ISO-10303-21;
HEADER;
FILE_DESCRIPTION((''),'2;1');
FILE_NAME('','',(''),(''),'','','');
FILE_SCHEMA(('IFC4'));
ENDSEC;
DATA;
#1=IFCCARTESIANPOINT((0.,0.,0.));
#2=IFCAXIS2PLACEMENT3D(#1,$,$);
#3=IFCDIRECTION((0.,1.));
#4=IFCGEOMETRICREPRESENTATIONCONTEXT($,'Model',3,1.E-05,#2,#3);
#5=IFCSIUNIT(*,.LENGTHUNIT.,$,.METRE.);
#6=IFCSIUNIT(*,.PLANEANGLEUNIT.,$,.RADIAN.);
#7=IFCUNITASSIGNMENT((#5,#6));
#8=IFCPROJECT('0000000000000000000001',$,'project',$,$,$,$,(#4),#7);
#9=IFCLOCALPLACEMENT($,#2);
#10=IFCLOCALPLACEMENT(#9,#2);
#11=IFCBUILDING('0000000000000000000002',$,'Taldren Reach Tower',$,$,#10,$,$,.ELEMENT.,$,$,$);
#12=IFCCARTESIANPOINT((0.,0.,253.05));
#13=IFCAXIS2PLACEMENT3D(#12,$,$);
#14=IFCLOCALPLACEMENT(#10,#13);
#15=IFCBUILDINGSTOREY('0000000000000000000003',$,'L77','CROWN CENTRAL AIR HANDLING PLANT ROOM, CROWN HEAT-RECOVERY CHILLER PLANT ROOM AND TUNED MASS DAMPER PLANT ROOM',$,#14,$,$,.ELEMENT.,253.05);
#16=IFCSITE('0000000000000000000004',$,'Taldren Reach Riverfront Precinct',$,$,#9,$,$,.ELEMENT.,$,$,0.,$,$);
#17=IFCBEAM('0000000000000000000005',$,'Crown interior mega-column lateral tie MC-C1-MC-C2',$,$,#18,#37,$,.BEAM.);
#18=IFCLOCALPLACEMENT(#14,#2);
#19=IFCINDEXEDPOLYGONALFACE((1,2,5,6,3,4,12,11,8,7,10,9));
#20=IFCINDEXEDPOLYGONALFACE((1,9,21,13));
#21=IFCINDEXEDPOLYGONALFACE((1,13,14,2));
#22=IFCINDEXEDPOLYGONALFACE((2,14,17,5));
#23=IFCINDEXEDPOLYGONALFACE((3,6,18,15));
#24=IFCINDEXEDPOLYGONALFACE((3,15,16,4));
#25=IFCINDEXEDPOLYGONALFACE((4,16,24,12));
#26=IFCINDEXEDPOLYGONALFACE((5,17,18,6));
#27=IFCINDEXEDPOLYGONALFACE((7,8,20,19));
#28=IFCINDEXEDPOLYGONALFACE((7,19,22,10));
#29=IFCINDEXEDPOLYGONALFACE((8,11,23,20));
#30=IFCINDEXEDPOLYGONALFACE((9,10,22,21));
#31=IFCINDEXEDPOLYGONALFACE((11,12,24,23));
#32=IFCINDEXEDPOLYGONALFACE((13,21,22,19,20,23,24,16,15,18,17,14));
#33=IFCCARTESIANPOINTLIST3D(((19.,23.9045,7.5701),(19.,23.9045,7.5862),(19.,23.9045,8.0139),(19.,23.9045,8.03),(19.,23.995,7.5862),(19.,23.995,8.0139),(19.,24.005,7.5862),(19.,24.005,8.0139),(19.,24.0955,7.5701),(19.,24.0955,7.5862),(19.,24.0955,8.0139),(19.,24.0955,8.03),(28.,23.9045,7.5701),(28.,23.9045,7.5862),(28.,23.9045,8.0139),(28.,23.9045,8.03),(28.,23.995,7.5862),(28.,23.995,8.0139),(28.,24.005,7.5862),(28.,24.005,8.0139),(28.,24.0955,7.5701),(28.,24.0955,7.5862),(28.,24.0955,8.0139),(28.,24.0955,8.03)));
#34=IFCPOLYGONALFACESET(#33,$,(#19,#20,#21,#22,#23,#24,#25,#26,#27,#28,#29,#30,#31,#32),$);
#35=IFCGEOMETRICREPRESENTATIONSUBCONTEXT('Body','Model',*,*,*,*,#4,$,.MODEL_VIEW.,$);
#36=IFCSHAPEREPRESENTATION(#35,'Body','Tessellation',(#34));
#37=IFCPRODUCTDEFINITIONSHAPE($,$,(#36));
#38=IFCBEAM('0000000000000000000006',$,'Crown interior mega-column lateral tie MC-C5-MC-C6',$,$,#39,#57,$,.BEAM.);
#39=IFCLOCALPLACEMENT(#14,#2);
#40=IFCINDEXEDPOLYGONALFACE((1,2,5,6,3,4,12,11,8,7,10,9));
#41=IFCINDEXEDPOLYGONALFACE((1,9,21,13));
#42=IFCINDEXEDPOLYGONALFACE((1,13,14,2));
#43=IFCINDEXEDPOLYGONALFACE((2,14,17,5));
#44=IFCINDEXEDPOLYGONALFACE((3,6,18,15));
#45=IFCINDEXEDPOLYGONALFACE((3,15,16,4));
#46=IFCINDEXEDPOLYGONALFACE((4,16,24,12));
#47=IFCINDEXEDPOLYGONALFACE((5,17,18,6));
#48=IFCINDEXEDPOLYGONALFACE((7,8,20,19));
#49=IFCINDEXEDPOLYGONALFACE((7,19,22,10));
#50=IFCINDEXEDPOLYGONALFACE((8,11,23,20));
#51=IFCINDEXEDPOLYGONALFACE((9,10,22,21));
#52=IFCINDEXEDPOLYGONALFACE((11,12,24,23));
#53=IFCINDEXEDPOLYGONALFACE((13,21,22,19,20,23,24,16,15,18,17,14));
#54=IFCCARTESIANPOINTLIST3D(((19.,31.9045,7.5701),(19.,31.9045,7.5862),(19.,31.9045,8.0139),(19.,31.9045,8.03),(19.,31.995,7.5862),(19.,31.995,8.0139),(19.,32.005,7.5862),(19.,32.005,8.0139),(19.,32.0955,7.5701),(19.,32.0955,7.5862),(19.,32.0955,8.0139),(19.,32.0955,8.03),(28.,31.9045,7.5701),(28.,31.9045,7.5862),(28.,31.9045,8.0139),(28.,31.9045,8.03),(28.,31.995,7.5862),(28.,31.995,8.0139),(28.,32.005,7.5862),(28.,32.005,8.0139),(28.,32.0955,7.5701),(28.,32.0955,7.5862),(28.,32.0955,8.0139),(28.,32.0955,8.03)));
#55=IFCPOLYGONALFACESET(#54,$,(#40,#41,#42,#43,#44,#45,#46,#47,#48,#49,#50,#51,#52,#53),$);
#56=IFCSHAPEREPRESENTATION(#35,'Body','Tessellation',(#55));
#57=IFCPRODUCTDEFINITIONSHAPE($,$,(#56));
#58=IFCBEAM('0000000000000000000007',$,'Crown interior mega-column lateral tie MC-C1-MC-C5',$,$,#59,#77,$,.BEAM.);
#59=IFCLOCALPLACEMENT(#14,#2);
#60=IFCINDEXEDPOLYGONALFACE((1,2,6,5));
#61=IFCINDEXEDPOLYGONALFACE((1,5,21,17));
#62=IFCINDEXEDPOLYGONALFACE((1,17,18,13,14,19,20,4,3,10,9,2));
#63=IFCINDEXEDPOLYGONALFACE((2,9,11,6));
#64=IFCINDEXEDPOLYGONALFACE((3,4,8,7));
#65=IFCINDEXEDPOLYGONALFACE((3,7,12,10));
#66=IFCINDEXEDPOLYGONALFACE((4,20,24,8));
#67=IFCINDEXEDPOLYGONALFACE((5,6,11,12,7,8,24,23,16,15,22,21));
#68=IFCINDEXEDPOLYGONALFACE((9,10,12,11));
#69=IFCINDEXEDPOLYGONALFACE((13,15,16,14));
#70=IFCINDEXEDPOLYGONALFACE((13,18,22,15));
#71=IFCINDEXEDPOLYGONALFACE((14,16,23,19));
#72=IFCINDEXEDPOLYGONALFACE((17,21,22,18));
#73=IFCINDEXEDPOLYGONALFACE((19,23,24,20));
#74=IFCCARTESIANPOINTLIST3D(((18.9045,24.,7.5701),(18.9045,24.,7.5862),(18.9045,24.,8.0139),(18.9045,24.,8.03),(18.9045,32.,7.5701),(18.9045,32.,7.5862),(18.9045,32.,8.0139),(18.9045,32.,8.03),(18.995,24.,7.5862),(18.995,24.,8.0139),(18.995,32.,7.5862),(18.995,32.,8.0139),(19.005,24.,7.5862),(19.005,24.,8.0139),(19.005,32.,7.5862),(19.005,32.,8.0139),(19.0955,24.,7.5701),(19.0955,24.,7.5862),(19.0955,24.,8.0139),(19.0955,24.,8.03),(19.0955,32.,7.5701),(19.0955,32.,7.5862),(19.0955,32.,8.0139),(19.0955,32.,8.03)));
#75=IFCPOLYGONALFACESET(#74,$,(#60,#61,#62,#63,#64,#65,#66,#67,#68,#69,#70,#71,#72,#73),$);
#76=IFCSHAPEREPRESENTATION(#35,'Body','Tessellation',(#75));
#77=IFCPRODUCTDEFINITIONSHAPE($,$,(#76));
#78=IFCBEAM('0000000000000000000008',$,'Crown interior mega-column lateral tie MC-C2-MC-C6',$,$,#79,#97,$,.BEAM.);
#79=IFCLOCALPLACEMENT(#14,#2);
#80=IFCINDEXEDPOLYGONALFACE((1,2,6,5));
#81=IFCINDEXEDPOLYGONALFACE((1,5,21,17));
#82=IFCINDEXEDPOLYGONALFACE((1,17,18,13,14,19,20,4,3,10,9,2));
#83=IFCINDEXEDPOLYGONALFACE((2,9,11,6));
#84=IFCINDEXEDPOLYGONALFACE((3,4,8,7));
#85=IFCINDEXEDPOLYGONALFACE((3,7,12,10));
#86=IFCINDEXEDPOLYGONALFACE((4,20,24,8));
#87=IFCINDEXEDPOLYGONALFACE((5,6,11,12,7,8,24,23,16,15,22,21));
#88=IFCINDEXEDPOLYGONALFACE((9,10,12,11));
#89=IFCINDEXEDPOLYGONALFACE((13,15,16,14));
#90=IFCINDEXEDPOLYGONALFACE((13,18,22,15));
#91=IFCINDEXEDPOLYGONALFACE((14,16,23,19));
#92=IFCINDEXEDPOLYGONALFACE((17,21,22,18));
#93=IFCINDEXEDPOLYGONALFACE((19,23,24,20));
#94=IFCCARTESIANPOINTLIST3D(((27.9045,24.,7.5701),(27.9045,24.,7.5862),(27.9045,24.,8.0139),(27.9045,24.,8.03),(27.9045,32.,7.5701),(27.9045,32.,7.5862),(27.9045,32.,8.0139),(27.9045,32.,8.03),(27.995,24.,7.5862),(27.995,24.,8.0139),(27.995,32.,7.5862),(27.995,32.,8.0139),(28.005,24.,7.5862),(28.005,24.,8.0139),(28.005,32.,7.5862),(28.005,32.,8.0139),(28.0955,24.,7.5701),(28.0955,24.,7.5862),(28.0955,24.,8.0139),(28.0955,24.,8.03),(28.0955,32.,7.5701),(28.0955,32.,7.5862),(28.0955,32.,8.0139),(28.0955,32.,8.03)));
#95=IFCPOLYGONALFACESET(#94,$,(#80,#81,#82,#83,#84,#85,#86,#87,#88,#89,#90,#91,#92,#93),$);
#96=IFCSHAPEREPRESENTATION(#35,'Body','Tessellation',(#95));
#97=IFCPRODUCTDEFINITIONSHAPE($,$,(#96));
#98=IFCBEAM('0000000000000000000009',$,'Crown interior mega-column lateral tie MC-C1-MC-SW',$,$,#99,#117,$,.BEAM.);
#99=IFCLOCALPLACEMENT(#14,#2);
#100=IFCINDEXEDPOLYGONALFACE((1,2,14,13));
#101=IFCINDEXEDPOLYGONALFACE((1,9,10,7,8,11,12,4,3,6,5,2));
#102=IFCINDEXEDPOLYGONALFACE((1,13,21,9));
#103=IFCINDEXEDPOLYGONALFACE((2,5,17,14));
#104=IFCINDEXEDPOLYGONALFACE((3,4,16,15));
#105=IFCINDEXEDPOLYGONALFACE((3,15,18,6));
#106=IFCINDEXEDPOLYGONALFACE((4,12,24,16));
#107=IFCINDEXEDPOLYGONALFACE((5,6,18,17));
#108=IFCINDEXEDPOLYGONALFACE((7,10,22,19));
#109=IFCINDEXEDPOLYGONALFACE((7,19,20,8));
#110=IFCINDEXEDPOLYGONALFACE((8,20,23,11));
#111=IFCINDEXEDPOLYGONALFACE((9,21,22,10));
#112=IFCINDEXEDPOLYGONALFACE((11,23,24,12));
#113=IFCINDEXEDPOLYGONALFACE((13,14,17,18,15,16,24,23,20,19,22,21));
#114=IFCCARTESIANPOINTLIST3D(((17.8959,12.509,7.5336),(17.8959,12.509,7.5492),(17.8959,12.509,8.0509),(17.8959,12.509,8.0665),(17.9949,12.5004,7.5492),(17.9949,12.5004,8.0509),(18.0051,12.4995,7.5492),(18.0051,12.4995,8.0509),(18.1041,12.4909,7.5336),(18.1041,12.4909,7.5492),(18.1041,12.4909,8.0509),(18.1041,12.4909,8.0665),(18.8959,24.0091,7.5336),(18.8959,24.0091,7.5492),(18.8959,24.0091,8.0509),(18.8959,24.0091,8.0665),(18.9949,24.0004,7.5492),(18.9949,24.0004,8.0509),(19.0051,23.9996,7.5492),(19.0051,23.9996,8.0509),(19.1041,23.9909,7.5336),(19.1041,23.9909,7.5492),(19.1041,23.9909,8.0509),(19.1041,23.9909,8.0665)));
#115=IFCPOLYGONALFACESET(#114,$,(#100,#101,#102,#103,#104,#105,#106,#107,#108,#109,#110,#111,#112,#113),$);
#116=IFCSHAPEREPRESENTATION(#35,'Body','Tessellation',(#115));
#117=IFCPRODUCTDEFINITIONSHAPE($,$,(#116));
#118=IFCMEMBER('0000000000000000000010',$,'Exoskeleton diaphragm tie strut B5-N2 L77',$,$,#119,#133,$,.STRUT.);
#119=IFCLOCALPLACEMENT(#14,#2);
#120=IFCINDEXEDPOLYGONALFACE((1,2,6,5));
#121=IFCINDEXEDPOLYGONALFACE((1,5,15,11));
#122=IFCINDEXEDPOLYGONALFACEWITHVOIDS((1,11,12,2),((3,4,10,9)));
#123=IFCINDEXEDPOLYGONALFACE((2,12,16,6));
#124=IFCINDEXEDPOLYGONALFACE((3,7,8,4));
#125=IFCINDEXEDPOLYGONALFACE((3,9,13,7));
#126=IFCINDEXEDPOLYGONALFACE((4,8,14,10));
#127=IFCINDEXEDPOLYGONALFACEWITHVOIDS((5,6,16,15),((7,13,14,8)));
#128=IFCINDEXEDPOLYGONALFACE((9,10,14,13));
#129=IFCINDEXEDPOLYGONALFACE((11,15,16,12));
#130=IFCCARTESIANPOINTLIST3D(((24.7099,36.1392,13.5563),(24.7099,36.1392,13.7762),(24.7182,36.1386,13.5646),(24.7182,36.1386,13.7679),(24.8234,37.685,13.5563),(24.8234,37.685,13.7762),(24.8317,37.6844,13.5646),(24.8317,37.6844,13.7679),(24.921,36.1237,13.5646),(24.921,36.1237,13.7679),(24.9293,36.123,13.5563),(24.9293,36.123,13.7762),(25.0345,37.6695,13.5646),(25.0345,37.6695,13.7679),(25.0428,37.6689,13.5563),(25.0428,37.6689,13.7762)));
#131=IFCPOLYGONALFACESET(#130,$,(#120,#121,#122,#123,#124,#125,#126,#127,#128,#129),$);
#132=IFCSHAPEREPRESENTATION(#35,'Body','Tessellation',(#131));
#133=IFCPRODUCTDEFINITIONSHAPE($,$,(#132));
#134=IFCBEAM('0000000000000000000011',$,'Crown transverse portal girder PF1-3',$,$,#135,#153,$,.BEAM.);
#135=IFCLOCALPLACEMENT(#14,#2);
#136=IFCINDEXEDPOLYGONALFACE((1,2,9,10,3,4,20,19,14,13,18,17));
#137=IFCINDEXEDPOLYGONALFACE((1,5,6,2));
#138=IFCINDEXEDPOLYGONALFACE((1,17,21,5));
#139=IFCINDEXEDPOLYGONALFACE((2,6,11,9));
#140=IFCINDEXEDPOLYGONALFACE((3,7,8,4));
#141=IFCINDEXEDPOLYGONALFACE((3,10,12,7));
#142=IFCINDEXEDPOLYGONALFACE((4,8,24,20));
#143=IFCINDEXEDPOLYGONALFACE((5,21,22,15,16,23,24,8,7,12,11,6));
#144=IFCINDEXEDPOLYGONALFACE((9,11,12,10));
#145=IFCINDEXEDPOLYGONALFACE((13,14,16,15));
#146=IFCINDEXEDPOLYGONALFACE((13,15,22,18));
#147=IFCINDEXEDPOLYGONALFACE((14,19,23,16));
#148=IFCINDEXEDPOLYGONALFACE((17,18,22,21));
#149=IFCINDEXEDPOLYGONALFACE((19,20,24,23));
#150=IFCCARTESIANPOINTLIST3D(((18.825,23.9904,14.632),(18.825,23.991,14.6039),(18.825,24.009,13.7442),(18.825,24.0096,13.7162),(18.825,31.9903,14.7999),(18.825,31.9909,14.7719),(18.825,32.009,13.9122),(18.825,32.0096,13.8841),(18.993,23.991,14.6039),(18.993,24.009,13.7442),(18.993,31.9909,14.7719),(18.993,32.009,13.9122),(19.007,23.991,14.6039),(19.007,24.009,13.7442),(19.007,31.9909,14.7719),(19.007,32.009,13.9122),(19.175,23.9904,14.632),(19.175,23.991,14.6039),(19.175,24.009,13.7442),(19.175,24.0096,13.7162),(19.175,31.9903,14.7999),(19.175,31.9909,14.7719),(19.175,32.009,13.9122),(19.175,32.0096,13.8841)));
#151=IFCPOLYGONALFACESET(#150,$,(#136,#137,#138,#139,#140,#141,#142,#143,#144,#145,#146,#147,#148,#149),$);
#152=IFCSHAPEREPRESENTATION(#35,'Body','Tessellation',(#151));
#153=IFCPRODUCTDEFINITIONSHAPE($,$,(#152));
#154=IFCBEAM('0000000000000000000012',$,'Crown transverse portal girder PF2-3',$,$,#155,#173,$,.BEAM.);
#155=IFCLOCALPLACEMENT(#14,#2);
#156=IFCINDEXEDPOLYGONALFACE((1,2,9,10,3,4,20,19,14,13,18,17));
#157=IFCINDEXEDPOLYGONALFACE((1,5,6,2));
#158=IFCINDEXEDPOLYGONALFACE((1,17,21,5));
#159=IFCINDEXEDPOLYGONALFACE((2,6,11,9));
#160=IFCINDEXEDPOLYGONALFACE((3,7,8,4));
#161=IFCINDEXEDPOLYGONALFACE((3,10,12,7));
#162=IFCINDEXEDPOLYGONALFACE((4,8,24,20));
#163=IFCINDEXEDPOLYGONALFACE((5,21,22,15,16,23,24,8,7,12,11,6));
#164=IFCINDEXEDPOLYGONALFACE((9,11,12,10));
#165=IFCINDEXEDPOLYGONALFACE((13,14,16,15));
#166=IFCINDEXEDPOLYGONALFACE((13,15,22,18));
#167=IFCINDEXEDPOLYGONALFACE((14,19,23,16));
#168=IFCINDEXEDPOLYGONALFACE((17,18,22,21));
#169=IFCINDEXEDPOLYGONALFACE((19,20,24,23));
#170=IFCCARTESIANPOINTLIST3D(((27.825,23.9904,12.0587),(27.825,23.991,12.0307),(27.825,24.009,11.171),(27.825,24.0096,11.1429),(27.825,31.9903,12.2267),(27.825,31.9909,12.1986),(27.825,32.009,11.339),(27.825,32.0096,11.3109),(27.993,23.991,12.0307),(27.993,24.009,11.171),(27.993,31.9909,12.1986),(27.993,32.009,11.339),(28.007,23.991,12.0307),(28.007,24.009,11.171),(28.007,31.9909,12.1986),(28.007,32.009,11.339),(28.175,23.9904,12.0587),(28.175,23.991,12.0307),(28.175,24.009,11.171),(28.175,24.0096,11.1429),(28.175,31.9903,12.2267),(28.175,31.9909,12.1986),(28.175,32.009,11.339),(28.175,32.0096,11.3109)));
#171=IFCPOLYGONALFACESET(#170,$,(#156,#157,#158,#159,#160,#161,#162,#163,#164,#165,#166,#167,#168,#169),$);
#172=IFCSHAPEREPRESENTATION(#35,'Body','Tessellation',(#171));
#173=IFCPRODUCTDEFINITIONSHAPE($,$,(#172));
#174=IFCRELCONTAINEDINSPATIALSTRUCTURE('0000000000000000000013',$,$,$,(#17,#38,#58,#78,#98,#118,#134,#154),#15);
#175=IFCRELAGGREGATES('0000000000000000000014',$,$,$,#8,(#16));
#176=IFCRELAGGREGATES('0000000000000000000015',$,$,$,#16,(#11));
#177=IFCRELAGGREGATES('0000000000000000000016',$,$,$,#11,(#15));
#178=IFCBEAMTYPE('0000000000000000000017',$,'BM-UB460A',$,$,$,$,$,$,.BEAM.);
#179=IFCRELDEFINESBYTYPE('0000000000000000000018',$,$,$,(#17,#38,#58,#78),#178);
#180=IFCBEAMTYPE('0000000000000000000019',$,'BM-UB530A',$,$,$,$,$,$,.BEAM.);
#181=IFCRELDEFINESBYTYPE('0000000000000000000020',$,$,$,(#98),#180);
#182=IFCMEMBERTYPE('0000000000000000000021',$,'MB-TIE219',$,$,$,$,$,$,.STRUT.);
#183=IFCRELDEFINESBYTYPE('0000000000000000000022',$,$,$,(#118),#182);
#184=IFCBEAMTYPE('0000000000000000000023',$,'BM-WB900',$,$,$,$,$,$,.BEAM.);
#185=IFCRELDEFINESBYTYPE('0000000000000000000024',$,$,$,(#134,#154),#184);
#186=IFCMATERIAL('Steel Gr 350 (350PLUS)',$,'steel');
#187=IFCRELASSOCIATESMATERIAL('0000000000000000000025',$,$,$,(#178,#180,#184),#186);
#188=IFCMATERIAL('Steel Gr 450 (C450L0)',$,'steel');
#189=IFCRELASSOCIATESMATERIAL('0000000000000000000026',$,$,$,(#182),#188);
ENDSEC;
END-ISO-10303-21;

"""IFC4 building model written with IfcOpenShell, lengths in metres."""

from ifc_helpers import new_model, si_unit, direction, frame, origin, origin_2d, place, context, subcontext, project, spatial, hollow_rectangle, i_section, extrude, source, transform, mapped, material, material_profile, profile_set, type_object, element, save


model = new_model("IFC4")

# Units and contexts
model_context = context("Model", 3, precision=1e-05, world=origin(), true_north=direction((0.0, 1.0)))
body_context = subcontext(model_context, "Body", "Model", "MODEL_VIEW")
ifc_project = project(units=[si_unit("LENGTHUNIT", "METRE"), si_unit("PLANEANGLEUNIT", "RADIAN")], contexts=[model_context])

# Site, building, storey
site_placement = place(None, origin())
site = spatial("IfcSite", under=ifc_project, at=site_placement, Name="Taldren Reach Riverfront Precinct", CompositionType="ELEMENT", RefElevation=0.0)
building_placement = place(site_placement, origin())
building = spatial("IfcBuilding", under=site, at=building_placement, Name="Taldren Reach Tower", CompositionType="ELEMENT")
storey_placement = place(building_placement, frame((0.0, 0.0, 253.05)))
storey = spatial("IfcBuildingStorey", under=building, at=storey_placement, Name="L77", Description="CROWN CENTRAL AIR HANDLING PLANT ROOM, CROWN HEAT-RECOVERY CHILLER PLANT ROOM AND TUNED MASS DAMPER PLANT ROOM", CompositionType="ELEMENT", Elevation=253.05)

# Beams
ifc_material_1 = material(Name="Steel Gr 350 (350PLUS)", Category="steel")
ifc_material_profile_1 = material_profile(ifc_material_1, i_section(OverallWidth=0.1909, OverallDepth=0.46, WebThickness=0.01, FlangeThickness=0.0161, at=origin_2d()), Name="460UB82.1")
ifc_profile_set_1 = profile_set([ifc_material_profile_1], Name="Steel Gr 350 (350PLUS)")
beam_type_1 = type_object("IfcBeamType", Name="BM-UB460A", PredefinedType="BEAM", material=ifc_profile_set_1)
shared_shape_1 = source(origin(), body_context, "Body", "SweptSolid", [
    extrude(i_section(OverallWidth=0.1909, OverallDepth=0.46, WebThickness=0.01, FlangeThickness=0.0161, at=origin_2d()), origin(), (0.0, 0.0, 1.0), 9.0),
])
for number, where, z_axis, x_axis, name in (
    (1, (19.0, 24.0, 7.8), (1.0, 0.0, 0.0), (0.0, 1.0, 0.0), "Crown interior mega-column lateral tie MC-C1-MC-C2"),
    (2, (19.0, 32.0, 7.8), (1.0, 0.0, 0.0), (0.0, 1.0, 0.0), "Crown interior mega-column lateral tie MC-C5-MC-C6"),
):
    element("IfcBeam", number, at=place(storey_placement, frame(where, z_axis=z_axis, x_axis=x_axis)), inside=storey, type_object=beam_type_1, Name=name, PredefinedType="BEAM", context=body_context, shape_type="MappedRepresentation", body=[
        mapped(shared_shape_1, transform((0.0, 0.0, 0.0), scale=1.0)),
    ])
shared_shape_2 = source(origin(), body_context, "Body", "SweptSolid", [
    extrude(i_section(OverallWidth=0.1909, OverallDepth=0.46, WebThickness=0.01, FlangeThickness=0.0161, at=origin_2d()), origin(), (0.0, 0.0, 1.0), 8.0),
])
for number, where, z_axis, x_axis, name in (
    (3, (19.0, 24.0, 7.8), (0.0, 1.0, 0.0), (-1.0, 0.0, 0.0), "Crown interior mega-column lateral tie MC-C1-MC-C5"),
    (4, (28.0, 24.0, 7.8), (0.0, 1.0, 0.0), (-1.0, 0.0, 0.0), "Crown interior mega-column lateral tie MC-C2-MC-C6"),
):
    element("IfcBeam", number, at=place(storey_placement, frame(where, z_axis=z_axis, x_axis=x_axis)), inside=storey, type_object=beam_type_1, Name=name, PredefinedType="BEAM", context=body_context, shape_type="MappedRepresentation", body=[
        mapped(shared_shape_2, transform((0.0, 0.0, 0.0), scale=1.0)),
    ])
ifc_material_profile_2 = material_profile(ifc_material_1, i_section(OverallWidth=0.209, OverallDepth=0.533, WebThickness=0.0103, FlangeThickness=0.0156, at=origin_2d()), Name="530UB92.4")
ifc_profile_set_2 = profile_set([ifc_material_profile_2], Name="Steel Gr 350 (350PLUS)")
beam_type_2 = type_object("IfcBeamType", Name="BM-UB530A", PredefinedType="BEAM", material=ifc_profile_set_2)
shared_shape_3 = source(origin(), body_context, "Body", "SweptSolid", [
    extrude(i_section(OverallWidth=0.209, OverallDepth=0.533, WebThickness=0.0103, FlangeThickness=0.0156, at=origin_2d()), origin(), (0.0, 0.0, 1.0), 11.5435),
])
beam_1_placement = place(storey_placement, frame((19.0, 24.0, 7.8), z_axis=(-0.08663, -0.996241, 0.0), x_axis=(0.996241, -0.08663, 0.0)))
element("IfcBeam", 5, at=beam_1_placement, inside=storey, type_object=beam_type_2, Name="Crown interior mega-column lateral tie MC-C1-MC-SW", PredefinedType="BEAM", context=body_context, shape_type="MappedRepresentation", body=[
    mapped(shared_shape_3, transform((0.0, 0.0, 0.0), scale=1.0)),
])

# Member
ifc_material_2 = material(Name="Steel Gr 450 (C450L0)", Category="steel")
ifc_material_profile_3 = material_profile(ifc_material_2, hollow_rectangle(XDim=0.22, YDim=0.22, WallThickness=0.0083, at=origin_2d()), Name="220x220x8.2SHS")
ifc_profile_set_3 = profile_set([ifc_material_profile_3], Name="Steel Gr 450 (C450L0)")
member_type_1 = type_object("IfcMemberType", Name="MB-TIE219", PredefinedType="STRUT", material=ifc_profile_set_3)
shared_shape_4 = source(origin(), body_context, "Body", "SweptSolid", [
    extrude(hollow_rectangle(XDim=0.22, YDim=0.22, WallThickness=0.0083, at=origin_2d()), origin(), (0.0, 0.0, 1.0), 1.55),
])
member_1_placement = place(storey_placement, frame((24.8196, 36.1311, 13.6663), z_axis=(0.073239, 0.997314, 0.0), x_axis=(-0.997314, 0.073239, 0.0)))
element("IfcMember", 6, at=member_1_placement, inside=storey, type_object=member_type_1, Name="Exoskeleton diaphragm tie strut B5-N2 L77", PredefinedType="STRUT", context=body_context, shape_type="MappedRepresentation", body=[
    mapped(shared_shape_4, transform((0.0, 0.0, 0.0), scale=1.0)),
])

# Beams
ifc_material_profile_4 = material_profile(ifc_material_1, i_section(OverallWidth=0.3501, OverallDepth=0.916, WebThickness=0.0139, FlangeThickness=0.0281, at=origin_2d()), Name="900WB257")
ifc_profile_set_4 = profile_set([ifc_material_profile_4], Name="Steel Gr 350 (350PLUS)")
beam_type_3 = type_object("IfcBeamType", Name="BM-WB900", PredefinedType="BEAM", material=ifc_profile_set_4)
shared_shape_5 = source(origin(), body_context, "Body", "SweptSolid", [
    extrude(i_section(OverallWidth=0.3501, OverallDepth=0.916, WebThickness=0.0139, FlangeThickness=0.0281, at=origin_2d()), origin(), (0.0, 0.0, 1.0), 8.0017),
])
for number, where, z_axis, x_axis, name in (
    (7, (19.0, 24.0, 14.1741), (0.0, 0.99978, 0.020991), (-1.0, 0.0, 0.0), "Crown transverse portal girder PF1-3"),
    (8, (28.0, 24.0, 11.6008), (0.0, 0.99978, 0.020991), (-1.0, 0.0, 0.0), "Crown transverse portal girder PF2-3"),
):
    element("IfcBeam", number, at=place(storey_placement, frame(where, z_axis=z_axis, x_axis=x_axis)), inside=storey, type_object=beam_type_3, Name=name, PredefinedType="BEAM", context=body_context, shape_type="MappedRepresentation", body=[
        mapped(shared_shape_5, transform((0.0, 0.0, 0.0), scale=1.0)),
    ])

save(model, "model.ifc")
